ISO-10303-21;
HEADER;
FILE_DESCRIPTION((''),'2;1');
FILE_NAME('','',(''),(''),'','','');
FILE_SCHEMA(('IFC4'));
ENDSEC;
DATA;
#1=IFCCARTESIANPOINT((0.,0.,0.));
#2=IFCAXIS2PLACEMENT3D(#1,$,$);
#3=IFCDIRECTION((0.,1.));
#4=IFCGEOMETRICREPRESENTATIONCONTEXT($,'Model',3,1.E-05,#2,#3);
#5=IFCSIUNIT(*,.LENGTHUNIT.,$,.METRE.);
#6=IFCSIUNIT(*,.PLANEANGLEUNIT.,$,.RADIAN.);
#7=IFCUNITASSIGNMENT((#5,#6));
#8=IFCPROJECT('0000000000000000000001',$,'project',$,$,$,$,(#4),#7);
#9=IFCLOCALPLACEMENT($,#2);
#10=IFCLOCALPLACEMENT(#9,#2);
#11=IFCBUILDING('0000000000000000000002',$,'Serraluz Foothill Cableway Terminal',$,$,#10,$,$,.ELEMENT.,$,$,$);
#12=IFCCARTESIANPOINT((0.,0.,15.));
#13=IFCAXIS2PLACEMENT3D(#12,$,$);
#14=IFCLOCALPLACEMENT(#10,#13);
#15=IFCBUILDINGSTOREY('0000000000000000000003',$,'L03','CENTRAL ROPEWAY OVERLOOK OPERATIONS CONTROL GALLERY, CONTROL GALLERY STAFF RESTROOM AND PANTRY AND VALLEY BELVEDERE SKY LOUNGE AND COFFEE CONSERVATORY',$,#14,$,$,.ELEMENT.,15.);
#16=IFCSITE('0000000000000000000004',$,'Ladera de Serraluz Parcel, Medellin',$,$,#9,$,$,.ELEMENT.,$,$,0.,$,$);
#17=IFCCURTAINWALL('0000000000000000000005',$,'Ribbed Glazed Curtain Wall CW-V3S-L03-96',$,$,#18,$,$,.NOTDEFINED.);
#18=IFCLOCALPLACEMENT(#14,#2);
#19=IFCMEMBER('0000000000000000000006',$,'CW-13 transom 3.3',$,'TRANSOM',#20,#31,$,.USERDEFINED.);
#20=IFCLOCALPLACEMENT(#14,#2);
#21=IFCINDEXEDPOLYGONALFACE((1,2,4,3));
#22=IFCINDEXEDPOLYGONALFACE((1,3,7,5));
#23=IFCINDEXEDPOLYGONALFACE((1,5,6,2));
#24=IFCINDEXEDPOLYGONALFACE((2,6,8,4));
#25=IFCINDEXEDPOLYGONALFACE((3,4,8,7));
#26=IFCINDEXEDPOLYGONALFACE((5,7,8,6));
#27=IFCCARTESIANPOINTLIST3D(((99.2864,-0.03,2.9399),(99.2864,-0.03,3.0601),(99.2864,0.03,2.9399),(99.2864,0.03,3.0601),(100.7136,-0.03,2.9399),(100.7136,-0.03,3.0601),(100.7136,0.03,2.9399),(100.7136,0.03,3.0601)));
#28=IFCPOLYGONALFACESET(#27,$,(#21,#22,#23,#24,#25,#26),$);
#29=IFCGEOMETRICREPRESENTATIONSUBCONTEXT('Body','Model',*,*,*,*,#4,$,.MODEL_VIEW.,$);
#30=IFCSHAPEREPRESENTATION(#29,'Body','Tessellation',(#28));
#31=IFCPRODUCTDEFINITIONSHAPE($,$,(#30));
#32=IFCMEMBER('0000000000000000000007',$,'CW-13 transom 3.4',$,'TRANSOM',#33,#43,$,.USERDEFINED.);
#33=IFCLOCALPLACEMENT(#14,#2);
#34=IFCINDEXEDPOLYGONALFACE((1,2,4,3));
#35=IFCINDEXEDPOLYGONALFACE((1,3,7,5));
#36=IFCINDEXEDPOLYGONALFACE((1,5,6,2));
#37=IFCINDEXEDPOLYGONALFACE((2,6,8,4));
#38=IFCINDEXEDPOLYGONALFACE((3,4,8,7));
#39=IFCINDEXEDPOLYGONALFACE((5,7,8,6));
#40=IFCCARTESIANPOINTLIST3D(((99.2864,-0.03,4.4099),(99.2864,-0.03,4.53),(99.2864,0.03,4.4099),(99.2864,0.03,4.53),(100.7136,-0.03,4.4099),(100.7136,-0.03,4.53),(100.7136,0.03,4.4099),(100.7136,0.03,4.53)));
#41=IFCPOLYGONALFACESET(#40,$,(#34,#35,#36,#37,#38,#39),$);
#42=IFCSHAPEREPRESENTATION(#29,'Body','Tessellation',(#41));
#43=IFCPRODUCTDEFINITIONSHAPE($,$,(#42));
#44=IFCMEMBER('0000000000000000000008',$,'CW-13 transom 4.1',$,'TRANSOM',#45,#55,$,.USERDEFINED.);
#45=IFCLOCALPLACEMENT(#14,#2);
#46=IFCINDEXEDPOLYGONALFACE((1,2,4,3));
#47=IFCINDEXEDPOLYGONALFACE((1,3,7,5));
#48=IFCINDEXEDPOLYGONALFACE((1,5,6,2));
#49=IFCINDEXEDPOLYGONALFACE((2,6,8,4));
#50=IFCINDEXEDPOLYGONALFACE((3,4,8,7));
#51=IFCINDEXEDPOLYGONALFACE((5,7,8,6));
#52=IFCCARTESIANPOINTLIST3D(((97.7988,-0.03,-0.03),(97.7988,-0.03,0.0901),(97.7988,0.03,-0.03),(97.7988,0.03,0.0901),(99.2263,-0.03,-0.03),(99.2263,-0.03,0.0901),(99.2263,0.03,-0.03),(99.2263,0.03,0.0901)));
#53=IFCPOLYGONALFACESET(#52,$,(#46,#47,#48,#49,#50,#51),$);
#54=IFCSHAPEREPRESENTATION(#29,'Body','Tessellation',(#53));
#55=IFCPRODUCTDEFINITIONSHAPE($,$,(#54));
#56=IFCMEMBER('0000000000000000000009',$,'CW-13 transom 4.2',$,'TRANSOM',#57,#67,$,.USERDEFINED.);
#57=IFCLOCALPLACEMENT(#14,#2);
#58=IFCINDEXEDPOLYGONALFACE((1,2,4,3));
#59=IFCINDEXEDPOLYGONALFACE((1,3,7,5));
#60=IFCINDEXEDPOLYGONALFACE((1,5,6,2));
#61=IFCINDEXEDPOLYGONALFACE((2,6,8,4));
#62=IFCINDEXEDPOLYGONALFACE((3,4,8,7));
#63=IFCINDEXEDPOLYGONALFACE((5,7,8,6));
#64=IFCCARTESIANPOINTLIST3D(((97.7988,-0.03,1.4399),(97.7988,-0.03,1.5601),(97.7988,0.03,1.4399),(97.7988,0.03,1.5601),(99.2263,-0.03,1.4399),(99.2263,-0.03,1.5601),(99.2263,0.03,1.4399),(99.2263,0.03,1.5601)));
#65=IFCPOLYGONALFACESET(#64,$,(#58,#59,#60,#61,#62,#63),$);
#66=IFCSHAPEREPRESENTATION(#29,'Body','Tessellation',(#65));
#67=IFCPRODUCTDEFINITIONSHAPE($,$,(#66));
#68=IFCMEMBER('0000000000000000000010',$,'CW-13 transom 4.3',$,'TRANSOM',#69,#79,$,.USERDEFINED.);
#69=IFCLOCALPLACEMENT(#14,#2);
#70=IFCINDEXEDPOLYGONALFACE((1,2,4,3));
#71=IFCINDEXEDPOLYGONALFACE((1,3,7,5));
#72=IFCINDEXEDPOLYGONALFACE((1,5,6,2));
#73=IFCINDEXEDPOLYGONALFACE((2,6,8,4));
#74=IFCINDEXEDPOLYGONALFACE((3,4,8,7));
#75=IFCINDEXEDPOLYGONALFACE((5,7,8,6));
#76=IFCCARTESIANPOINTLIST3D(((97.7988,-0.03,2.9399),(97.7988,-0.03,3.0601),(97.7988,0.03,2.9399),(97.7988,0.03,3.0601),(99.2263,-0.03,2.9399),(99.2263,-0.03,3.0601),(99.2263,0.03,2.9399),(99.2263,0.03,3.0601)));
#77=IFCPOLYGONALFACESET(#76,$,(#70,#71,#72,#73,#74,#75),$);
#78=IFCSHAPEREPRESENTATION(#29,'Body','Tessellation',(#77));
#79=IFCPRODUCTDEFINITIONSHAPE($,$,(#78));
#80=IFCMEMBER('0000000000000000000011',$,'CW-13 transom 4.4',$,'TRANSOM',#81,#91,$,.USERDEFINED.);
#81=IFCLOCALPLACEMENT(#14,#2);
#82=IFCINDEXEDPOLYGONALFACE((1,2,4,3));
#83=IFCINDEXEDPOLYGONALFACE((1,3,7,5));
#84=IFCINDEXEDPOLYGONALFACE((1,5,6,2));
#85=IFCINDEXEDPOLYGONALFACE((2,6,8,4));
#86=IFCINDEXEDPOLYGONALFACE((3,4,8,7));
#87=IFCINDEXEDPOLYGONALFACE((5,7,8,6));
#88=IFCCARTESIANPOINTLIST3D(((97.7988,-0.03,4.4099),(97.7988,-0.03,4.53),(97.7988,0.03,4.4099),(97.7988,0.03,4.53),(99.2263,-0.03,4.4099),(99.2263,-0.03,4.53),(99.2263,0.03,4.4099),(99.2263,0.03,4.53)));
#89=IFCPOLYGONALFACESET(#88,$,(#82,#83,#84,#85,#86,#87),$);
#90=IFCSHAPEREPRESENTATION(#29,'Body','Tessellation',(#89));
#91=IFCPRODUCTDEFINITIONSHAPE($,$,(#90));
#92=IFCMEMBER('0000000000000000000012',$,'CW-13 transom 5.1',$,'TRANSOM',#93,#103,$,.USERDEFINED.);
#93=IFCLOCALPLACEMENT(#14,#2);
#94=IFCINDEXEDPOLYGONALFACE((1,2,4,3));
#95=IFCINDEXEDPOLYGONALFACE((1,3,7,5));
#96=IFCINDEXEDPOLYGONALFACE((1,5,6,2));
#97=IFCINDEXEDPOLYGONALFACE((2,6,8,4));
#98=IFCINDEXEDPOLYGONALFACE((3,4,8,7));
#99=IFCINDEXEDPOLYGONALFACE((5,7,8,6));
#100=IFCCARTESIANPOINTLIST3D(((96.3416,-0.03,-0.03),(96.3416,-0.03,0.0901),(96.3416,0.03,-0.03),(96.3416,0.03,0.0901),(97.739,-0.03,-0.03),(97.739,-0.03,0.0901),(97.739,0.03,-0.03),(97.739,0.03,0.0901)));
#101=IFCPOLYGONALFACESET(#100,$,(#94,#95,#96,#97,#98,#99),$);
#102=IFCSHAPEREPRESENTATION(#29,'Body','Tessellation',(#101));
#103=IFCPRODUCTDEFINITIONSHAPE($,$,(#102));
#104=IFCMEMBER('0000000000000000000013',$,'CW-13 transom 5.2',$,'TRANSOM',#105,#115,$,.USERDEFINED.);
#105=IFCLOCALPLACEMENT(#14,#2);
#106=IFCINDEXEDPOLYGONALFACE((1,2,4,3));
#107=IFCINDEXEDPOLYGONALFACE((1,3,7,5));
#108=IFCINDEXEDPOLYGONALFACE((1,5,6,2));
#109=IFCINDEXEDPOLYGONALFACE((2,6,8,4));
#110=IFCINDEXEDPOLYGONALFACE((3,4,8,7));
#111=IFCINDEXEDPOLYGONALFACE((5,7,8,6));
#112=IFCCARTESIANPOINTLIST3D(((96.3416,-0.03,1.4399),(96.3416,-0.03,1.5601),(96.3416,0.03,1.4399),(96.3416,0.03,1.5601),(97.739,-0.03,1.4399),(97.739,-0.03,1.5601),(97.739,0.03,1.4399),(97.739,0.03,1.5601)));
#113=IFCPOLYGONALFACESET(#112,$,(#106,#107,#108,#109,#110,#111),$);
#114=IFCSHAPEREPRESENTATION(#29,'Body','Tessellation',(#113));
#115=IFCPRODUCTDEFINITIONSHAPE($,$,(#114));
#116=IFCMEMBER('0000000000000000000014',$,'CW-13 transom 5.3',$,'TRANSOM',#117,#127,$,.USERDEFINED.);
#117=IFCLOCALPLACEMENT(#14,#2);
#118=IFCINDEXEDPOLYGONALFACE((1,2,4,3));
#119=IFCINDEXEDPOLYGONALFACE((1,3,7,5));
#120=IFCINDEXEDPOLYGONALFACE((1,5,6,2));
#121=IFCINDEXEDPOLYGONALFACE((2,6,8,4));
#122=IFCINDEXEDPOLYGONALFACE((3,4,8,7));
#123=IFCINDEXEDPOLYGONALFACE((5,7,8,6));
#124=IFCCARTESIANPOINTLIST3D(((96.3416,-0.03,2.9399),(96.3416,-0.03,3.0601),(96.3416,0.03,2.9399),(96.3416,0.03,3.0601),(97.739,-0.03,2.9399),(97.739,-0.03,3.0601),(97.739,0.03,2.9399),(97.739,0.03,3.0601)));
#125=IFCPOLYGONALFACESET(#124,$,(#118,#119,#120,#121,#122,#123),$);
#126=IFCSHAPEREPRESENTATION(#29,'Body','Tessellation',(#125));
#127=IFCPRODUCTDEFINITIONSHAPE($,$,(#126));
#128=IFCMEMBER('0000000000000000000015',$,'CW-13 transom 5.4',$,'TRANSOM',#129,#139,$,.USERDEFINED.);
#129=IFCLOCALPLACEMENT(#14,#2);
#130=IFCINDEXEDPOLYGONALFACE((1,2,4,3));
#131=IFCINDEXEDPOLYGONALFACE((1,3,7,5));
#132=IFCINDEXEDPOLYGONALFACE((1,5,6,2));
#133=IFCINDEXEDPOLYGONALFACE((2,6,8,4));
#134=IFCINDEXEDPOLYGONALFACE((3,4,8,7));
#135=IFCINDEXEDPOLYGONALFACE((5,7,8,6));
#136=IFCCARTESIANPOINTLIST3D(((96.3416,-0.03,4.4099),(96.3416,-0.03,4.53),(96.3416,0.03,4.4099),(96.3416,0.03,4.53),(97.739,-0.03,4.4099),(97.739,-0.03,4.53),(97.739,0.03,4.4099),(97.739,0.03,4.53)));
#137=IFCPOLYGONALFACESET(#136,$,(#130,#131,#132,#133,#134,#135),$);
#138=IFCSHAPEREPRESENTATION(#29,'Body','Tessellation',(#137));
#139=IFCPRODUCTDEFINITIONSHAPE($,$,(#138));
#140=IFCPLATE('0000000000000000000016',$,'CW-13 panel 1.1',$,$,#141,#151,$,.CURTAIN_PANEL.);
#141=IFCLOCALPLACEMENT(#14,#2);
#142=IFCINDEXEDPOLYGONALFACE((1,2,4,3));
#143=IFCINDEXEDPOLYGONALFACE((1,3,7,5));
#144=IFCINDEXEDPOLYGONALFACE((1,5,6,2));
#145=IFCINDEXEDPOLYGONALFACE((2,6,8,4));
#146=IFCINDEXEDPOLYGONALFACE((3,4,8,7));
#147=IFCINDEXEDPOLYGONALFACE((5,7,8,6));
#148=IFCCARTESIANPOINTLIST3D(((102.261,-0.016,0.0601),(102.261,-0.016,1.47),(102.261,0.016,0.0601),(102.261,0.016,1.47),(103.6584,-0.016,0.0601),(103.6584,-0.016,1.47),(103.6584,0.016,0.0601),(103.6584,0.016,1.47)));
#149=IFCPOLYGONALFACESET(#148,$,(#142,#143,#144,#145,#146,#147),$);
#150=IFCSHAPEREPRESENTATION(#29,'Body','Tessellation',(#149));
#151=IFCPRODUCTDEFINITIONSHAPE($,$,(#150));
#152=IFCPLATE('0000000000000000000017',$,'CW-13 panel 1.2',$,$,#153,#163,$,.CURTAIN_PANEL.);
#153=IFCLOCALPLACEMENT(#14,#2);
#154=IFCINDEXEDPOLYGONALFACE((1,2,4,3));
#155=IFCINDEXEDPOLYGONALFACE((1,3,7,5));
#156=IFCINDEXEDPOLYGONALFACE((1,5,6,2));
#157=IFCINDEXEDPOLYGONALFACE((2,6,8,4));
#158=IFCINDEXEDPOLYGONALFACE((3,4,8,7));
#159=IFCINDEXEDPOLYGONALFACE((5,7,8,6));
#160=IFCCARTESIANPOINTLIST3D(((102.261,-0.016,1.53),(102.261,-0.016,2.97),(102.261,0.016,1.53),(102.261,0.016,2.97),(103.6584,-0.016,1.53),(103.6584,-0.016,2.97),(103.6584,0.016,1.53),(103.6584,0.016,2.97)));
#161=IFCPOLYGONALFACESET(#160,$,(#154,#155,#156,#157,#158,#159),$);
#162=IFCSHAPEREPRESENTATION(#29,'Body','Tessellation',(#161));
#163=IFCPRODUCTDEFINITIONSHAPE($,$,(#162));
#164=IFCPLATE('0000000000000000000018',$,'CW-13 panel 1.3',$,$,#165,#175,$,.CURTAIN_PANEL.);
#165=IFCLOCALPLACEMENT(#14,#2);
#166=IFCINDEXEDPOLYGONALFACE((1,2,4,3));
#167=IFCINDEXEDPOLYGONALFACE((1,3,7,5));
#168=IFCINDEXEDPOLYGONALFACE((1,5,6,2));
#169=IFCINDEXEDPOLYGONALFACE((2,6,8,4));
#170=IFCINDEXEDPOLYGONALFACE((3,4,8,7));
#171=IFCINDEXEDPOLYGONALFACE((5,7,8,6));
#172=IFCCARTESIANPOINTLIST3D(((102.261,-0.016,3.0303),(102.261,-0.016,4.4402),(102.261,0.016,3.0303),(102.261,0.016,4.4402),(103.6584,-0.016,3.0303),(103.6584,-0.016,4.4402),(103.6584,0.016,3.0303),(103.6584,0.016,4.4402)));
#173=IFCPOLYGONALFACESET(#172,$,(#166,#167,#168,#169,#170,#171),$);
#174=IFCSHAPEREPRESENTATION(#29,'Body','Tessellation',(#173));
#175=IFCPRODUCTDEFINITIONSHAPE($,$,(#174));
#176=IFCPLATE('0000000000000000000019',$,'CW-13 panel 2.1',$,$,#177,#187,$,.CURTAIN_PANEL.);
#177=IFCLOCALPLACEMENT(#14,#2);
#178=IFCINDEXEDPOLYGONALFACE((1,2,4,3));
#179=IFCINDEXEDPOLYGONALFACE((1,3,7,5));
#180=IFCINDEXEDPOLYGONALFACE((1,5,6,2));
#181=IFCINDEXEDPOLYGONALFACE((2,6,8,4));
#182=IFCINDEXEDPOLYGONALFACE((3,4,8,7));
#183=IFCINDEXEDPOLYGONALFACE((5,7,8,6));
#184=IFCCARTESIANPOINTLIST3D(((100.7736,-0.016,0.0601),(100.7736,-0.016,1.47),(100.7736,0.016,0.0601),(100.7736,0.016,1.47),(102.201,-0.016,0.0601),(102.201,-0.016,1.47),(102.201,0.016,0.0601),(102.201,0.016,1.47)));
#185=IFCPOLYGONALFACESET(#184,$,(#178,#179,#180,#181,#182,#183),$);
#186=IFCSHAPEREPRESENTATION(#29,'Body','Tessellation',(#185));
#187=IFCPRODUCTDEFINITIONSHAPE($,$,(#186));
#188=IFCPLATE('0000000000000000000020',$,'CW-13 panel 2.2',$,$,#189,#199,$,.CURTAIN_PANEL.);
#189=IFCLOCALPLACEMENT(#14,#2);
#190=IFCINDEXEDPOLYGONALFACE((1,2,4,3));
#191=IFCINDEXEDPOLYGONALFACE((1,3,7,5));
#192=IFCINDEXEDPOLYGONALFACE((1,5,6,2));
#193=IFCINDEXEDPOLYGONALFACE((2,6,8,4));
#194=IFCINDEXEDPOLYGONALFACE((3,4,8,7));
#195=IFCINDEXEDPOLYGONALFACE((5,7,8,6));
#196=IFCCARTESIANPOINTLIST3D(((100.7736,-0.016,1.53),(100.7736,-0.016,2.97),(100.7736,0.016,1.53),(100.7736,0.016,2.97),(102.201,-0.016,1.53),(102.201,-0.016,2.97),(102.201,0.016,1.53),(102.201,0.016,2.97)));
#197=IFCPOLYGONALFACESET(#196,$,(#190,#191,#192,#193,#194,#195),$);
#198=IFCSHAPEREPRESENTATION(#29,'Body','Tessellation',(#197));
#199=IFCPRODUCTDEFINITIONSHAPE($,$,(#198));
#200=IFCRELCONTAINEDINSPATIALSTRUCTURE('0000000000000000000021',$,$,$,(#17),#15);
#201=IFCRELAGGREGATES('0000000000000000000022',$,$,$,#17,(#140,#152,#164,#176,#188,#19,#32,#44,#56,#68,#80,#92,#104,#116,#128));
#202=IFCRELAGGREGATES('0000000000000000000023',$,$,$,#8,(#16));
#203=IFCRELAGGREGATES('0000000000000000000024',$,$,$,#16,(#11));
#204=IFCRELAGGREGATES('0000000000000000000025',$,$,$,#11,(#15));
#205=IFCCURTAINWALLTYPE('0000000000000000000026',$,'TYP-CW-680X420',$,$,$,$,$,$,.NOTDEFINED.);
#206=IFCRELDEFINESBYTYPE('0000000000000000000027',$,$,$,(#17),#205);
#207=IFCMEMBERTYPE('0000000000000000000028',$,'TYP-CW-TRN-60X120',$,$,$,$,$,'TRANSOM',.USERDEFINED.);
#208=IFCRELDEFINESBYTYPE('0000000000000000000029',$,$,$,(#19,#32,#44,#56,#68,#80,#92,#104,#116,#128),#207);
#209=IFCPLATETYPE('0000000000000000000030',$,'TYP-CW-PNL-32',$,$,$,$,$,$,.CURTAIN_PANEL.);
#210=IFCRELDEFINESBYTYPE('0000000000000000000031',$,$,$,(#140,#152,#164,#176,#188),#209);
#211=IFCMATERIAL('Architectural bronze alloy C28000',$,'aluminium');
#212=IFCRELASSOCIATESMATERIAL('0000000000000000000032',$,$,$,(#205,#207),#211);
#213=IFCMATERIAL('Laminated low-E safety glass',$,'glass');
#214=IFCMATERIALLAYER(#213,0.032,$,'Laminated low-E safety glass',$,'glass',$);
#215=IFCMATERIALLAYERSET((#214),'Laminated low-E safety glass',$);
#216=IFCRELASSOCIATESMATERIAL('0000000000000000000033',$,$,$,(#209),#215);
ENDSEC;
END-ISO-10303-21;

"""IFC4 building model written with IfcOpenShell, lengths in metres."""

from ifc_helpers import new_model, si_unit, direction, frame, origin, origin_2d, place, context, subcontext, project, spatial, rectangle, extrude, material, layer, layer_set, material_profile, profile_set, type_object, element, aggregate, save


model = new_model("IFC4")

# Units and contexts
model_context = context("Model", 3, precision=1e-05, world=origin(), true_north=direction((0.0, 1.0)))
body_context = subcontext(model_context, "Body", "Model", "MODEL_VIEW")
ifc_project = project(units=[si_unit("LENGTHUNIT", "METRE"), si_unit("PLANEANGLEUNIT", "RADIAN")], contexts=[model_context])

# Site, building, storey
site_placement = place(None, origin())
site = spatial("IfcSite", under=ifc_project, at=site_placement, Name="Ladera de Serraluz Parcel, Medellin", CompositionType="ELEMENT", RefElevation=0.0)
building_placement = place(site_placement, origin())
building = spatial("IfcBuilding", under=site, at=building_placement, Name="Serraluz Foothill Cableway Terminal", CompositionType="ELEMENT")
storey_placement = place(building_placement, frame((0.0, 0.0, 15.0)))
storey = spatial("IfcBuildingStorey", under=building, at=storey_placement, Name="L03", Description="CENTRAL ROPEWAY OVERLOOK OPERATIONS CONTROL GALLERY, CONTROL GALLERY STAFF RESTROOM AND PANTRY AND VALLEY BELVEDERE SKY LOUNGE AND COFFEE CONSERVATORY", CompositionType="ELEMENT", Elevation=15.0)

# Curtain wall, members, plates
ifc_material_1 = material(Name="Architectural bronze alloy C28000", Category="aluminium")
curtain_wall_type = type_object("IfcCurtainWallType", Name="TYP-CW-680X420", PredefinedType="NOTDEFINED", material=ifc_material_1)
curtain_wall_placement = place(storey_placement, origin())
curtain_wall = element("IfcCurtainWall", 1, at=curtain_wall_placement, inside=storey, type_object=curtain_wall_type, Name="Ribbed Glazed Curtain Wall CW-V3S-L03-96", PredefinedType="NOTDEFINED")
ifc_material_profile_1 = material_profile(ifc_material_1, rectangle(XDim=0.0601, YDim=0.1201, at=origin_2d()), Name="ALU TRANSOM 60x120")
ifc_profile_set_1 = profile_set([ifc_material_profile_1], Name="Architectural bronze alloy C28000")
member_type_1 = type_object("IfcMemberType", Name="TYP-CW-TRN-60X120", ElementType="TRANSOM", PredefinedType="USERDEFINED", material=ifc_profile_set_1)
member_1_placement = place(storey_placement, frame((100.7136, 0.0, 3.0), z_axis=(-1.0, 0.0, 0.0), x_axis=(0.0, -1.0, 0.0)))
member_1 = element("IfcMember", 2, at=member_1_placement, type_object=member_type_1, Name="CW-13 transom 3.3", ObjectType="TRANSOM", PredefinedType="USERDEFINED", context=body_context, shape_type="SweptSolid", body=[
    extrude(rectangle(XDim=0.0601, YDim=0.1201, at=origin_2d()), origin(), (0.0, 0.0, 1.0), 1.4272),
])
member_2_placement = place(storey_placement, frame((100.7136, 0.0, 4.47), z_axis=(-1.0, 0.0, 0.0), x_axis=(0.0, -1.0, 0.0)))
member_2 = element("IfcMember", 3, at=member_2_placement, type_object=member_type_1, Name="CW-13 transom 3.4", ObjectType="TRANSOM", PredefinedType="USERDEFINED", context=body_context, shape_type="SweptSolid", body=[
    extrude(rectangle(XDim=0.0601, YDim=0.1201, at=origin_2d()), origin(), (0.0, 0.0, 1.0), 1.4272),
])
member_3_placement = place(storey_placement, frame((99.2263, 0.0, 0.03), z_axis=(-1.0, 0.0, 0.0), x_axis=(0.0, -1.0, 0.0)))
member_3 = element("IfcMember", 4, at=member_3_placement, type_object=member_type_1, Name="CW-13 transom 4.1", ObjectType="TRANSOM", PredefinedType="USERDEFINED", context=body_context, shape_type="SweptSolid", body=[
    extrude(rectangle(XDim=0.0601, YDim=0.1201, at=origin_2d()), origin(), (0.0, 0.0, 1.0), 1.4275),
])
member_4_placement = place(storey_placement, frame((99.2263, 0.0, 1.5), z_axis=(-1.0, 0.0, 0.0), x_axis=(0.0, -1.0, 0.0)))
member_4 = element("IfcMember", 5, at=member_4_placement, type_object=member_type_1, Name="CW-13 transom 4.2", ObjectType="TRANSOM", PredefinedType="USERDEFINED", context=body_context, shape_type="SweptSolid", body=[
    extrude(rectangle(XDim=0.0601, YDim=0.1201, at=origin_2d()), origin(), (0.0, 0.0, 1.0), 1.4275),
])
member_5_placement = place(storey_placement, frame((99.2263, 0.0, 3.0), z_axis=(-1.0, 0.0, 0.0), x_axis=(0.0, -1.0, 0.0)))
member_5 = element("IfcMember", 6, at=member_5_placement, type_object=member_type_1, Name="CW-13 transom 4.3", ObjectType="TRANSOM", PredefinedType="USERDEFINED", context=body_context, shape_type="SweptSolid", body=[
    extrude(rectangle(XDim=0.0601, YDim=0.1201, at=origin_2d()), origin(), (0.0, 0.0, 1.0), 1.4275),
])
member_6_placement = place(storey_placement, frame((99.2263, 0.0, 4.47), z_axis=(-1.0, 0.0, 0.0), x_axis=(0.0, -1.0, 0.0)))
member_6 = element("IfcMember", 7, at=member_6_placement, type_object=member_type_1, Name="CW-13 transom 4.4", ObjectType="TRANSOM", PredefinedType="USERDEFINED", context=body_context, shape_type="SweptSolid", body=[
    extrude(rectangle(XDim=0.0601, YDim=0.1201, at=origin_2d()), origin(), (0.0, 0.0, 1.0), 1.4275),
])
member_7_placement = place(storey_placement, frame((97.739, 0.0, 0.03), z_axis=(-1.0, 0.0, 0.0), x_axis=(0.0, -1.0, 0.0)))
member_7 = element("IfcMember", 8, at=member_7_placement, type_object=member_type_1, Name="CW-13 transom 5.1", ObjectType="TRANSOM", PredefinedType="USERDEFINED", context=body_context, shape_type="SweptSolid", body=[
    extrude(rectangle(XDim=0.0601, YDim=0.1201, at=origin_2d()), origin(), (0.0, 0.0, 1.0), 1.3975),
])
member_8_placement = place(storey_placement, frame((97.739, 0.0, 1.5), z_axis=(-1.0, 0.0, 0.0), x_axis=(0.0, -1.0, 0.0)))
member_8 = element("IfcMember", 9, at=member_8_placement, type_object=member_type_1, Name="CW-13 transom 5.2", ObjectType="TRANSOM", PredefinedType="USERDEFINED", context=body_context, shape_type="SweptSolid", body=[
    extrude(rectangle(XDim=0.0601, YDim=0.1201, at=origin_2d()), origin(), (0.0, 0.0, 1.0), 1.3975),
])
member_9_placement = place(storey_placement, frame((97.739, 0.0, 3.0), z_axis=(-1.0, 0.0, 0.0), x_axis=(0.0, -1.0, 0.0)))
member_9 = element("IfcMember", 10, at=member_9_placement, type_object=member_type_1, Name="CW-13 transom 5.3", ObjectType="TRANSOM", PredefinedType="USERDEFINED", context=body_context, shape_type="SweptSolid", body=[
    extrude(rectangle(XDim=0.0601, YDim=0.1201, at=origin_2d()), origin(), (0.0, 0.0, 1.0), 1.3975),
])
member_10_placement = place(storey_placement, frame((97.739, 0.0, 4.47), z_axis=(-1.0, 0.0, 0.0), x_axis=(0.0, -1.0, 0.0)))
member_10 = element("IfcMember", 11, at=member_10_placement, type_object=member_type_1, Name="CW-13 transom 5.4", ObjectType="TRANSOM", PredefinedType="USERDEFINED", context=body_context, shape_type="SweptSolid", body=[
    extrude(rectangle(XDim=0.0601, YDim=0.1201, at=origin_2d()), origin(), (0.0, 0.0, 1.0), 1.3975),
])
ifc_material_2 = material(Name="Laminated low-E safety glass", Category="glass")
ifc_layer = layer(ifc_material_2, 0.032, Name="Laminated low-E safety glass", Category="glass")
ifc_layer_set = layer_set([ifc_layer], Name="Laminated low-E safety glass")
plate_type = type_object("IfcPlateType", Name="TYP-CW-PNL-32", PredefinedType="CURTAIN_PANEL", material=ifc_layer_set)
plate_1_placement = place(storey_placement, frame((102.9597, 0.0, 0.0601), z_axis=(0.0, 0.0, 1.0), x_axis=(-1.0, 0.0, 0.0)))
plate_1 = element("IfcPlate", 12, at=plate_1_placement, type_object=plate_type, Name="CW-13 panel 1.1", PredefinedType="CURTAIN_PANEL", context=body_context, shape_type="SweptSolid", body=[
    extrude(rectangle(XDim=1.3975, YDim=0.032, at=origin_2d()), origin(), (0.0, 0.0, 1.0), 1.4099),
])
plate_2_placement = place(storey_placement, frame((102.9597, 0.0, 1.53), z_axis=(0.0, 0.0, 1.0), x_axis=(-1.0, 0.0, 0.0)))
plate_2 = element("IfcPlate", 13, at=plate_2_placement, type_object=plate_type, Name="CW-13 panel 1.2", PredefinedType="CURTAIN_PANEL", context=body_context, shape_type="SweptSolid", body=[
    extrude(rectangle(XDim=1.3975, YDim=0.032, at=origin_2d()), origin(), (0.0, 0.0, 1.0), 1.4399),
])
plate_3_placement = place(storey_placement, frame((102.9597, 0.0, 3.0303), z_axis=(0.0, 0.0, 1.0), x_axis=(-1.0, 0.0, 0.0)))
plate_3 = element("IfcPlate", 14, at=plate_3_placement, type_object=plate_type, Name="CW-13 panel 1.3", PredefinedType="CURTAIN_PANEL", context=body_context, shape_type="SweptSolid", body=[
    extrude(rectangle(XDim=1.3975, YDim=0.032, at=origin_2d()), origin(), (0.0, 0.0, 1.0), 1.4099),
])
plate_4_placement = place(storey_placement, frame((101.4873, 0.0, 0.0601), z_axis=(0.0, 0.0, 1.0), x_axis=(-1.0, 0.0, 0.0)))
plate_4 = element("IfcPlate", 15, at=plate_4_placement, type_object=plate_type, Name="CW-13 panel 2.1", PredefinedType="CURTAIN_PANEL", context=body_context, shape_type="SweptSolid", body=[
    extrude(rectangle(XDim=1.4275, YDim=0.032, at=origin_2d()), origin(), (0.0, 0.0, 1.0), 1.4099),
])
plate_5_placement = place(storey_placement, frame((101.4873, 0.0, 1.53), z_axis=(0.0, 0.0, 1.0), x_axis=(-1.0, 0.0, 0.0)))
plate_5 = element("IfcPlate", 16, at=plate_5_placement, type_object=plate_type, Name="CW-13 panel 2.2", PredefinedType="CURTAIN_PANEL", context=body_context, shape_type="SweptSolid", body=[
    extrude(rectangle(XDim=1.4275, YDim=0.032, at=origin_2d()), origin(), (0.0, 0.0, 1.0), 1.4399),
])
aggregate(curtain_wall, [plate_1, plate_2, plate_3, plate_4, plate_5, member_1, member_2, member_3, member_4, member_5, member_6, member_7, member_8, member_9, member_10])

save(model, "model.ifc")
